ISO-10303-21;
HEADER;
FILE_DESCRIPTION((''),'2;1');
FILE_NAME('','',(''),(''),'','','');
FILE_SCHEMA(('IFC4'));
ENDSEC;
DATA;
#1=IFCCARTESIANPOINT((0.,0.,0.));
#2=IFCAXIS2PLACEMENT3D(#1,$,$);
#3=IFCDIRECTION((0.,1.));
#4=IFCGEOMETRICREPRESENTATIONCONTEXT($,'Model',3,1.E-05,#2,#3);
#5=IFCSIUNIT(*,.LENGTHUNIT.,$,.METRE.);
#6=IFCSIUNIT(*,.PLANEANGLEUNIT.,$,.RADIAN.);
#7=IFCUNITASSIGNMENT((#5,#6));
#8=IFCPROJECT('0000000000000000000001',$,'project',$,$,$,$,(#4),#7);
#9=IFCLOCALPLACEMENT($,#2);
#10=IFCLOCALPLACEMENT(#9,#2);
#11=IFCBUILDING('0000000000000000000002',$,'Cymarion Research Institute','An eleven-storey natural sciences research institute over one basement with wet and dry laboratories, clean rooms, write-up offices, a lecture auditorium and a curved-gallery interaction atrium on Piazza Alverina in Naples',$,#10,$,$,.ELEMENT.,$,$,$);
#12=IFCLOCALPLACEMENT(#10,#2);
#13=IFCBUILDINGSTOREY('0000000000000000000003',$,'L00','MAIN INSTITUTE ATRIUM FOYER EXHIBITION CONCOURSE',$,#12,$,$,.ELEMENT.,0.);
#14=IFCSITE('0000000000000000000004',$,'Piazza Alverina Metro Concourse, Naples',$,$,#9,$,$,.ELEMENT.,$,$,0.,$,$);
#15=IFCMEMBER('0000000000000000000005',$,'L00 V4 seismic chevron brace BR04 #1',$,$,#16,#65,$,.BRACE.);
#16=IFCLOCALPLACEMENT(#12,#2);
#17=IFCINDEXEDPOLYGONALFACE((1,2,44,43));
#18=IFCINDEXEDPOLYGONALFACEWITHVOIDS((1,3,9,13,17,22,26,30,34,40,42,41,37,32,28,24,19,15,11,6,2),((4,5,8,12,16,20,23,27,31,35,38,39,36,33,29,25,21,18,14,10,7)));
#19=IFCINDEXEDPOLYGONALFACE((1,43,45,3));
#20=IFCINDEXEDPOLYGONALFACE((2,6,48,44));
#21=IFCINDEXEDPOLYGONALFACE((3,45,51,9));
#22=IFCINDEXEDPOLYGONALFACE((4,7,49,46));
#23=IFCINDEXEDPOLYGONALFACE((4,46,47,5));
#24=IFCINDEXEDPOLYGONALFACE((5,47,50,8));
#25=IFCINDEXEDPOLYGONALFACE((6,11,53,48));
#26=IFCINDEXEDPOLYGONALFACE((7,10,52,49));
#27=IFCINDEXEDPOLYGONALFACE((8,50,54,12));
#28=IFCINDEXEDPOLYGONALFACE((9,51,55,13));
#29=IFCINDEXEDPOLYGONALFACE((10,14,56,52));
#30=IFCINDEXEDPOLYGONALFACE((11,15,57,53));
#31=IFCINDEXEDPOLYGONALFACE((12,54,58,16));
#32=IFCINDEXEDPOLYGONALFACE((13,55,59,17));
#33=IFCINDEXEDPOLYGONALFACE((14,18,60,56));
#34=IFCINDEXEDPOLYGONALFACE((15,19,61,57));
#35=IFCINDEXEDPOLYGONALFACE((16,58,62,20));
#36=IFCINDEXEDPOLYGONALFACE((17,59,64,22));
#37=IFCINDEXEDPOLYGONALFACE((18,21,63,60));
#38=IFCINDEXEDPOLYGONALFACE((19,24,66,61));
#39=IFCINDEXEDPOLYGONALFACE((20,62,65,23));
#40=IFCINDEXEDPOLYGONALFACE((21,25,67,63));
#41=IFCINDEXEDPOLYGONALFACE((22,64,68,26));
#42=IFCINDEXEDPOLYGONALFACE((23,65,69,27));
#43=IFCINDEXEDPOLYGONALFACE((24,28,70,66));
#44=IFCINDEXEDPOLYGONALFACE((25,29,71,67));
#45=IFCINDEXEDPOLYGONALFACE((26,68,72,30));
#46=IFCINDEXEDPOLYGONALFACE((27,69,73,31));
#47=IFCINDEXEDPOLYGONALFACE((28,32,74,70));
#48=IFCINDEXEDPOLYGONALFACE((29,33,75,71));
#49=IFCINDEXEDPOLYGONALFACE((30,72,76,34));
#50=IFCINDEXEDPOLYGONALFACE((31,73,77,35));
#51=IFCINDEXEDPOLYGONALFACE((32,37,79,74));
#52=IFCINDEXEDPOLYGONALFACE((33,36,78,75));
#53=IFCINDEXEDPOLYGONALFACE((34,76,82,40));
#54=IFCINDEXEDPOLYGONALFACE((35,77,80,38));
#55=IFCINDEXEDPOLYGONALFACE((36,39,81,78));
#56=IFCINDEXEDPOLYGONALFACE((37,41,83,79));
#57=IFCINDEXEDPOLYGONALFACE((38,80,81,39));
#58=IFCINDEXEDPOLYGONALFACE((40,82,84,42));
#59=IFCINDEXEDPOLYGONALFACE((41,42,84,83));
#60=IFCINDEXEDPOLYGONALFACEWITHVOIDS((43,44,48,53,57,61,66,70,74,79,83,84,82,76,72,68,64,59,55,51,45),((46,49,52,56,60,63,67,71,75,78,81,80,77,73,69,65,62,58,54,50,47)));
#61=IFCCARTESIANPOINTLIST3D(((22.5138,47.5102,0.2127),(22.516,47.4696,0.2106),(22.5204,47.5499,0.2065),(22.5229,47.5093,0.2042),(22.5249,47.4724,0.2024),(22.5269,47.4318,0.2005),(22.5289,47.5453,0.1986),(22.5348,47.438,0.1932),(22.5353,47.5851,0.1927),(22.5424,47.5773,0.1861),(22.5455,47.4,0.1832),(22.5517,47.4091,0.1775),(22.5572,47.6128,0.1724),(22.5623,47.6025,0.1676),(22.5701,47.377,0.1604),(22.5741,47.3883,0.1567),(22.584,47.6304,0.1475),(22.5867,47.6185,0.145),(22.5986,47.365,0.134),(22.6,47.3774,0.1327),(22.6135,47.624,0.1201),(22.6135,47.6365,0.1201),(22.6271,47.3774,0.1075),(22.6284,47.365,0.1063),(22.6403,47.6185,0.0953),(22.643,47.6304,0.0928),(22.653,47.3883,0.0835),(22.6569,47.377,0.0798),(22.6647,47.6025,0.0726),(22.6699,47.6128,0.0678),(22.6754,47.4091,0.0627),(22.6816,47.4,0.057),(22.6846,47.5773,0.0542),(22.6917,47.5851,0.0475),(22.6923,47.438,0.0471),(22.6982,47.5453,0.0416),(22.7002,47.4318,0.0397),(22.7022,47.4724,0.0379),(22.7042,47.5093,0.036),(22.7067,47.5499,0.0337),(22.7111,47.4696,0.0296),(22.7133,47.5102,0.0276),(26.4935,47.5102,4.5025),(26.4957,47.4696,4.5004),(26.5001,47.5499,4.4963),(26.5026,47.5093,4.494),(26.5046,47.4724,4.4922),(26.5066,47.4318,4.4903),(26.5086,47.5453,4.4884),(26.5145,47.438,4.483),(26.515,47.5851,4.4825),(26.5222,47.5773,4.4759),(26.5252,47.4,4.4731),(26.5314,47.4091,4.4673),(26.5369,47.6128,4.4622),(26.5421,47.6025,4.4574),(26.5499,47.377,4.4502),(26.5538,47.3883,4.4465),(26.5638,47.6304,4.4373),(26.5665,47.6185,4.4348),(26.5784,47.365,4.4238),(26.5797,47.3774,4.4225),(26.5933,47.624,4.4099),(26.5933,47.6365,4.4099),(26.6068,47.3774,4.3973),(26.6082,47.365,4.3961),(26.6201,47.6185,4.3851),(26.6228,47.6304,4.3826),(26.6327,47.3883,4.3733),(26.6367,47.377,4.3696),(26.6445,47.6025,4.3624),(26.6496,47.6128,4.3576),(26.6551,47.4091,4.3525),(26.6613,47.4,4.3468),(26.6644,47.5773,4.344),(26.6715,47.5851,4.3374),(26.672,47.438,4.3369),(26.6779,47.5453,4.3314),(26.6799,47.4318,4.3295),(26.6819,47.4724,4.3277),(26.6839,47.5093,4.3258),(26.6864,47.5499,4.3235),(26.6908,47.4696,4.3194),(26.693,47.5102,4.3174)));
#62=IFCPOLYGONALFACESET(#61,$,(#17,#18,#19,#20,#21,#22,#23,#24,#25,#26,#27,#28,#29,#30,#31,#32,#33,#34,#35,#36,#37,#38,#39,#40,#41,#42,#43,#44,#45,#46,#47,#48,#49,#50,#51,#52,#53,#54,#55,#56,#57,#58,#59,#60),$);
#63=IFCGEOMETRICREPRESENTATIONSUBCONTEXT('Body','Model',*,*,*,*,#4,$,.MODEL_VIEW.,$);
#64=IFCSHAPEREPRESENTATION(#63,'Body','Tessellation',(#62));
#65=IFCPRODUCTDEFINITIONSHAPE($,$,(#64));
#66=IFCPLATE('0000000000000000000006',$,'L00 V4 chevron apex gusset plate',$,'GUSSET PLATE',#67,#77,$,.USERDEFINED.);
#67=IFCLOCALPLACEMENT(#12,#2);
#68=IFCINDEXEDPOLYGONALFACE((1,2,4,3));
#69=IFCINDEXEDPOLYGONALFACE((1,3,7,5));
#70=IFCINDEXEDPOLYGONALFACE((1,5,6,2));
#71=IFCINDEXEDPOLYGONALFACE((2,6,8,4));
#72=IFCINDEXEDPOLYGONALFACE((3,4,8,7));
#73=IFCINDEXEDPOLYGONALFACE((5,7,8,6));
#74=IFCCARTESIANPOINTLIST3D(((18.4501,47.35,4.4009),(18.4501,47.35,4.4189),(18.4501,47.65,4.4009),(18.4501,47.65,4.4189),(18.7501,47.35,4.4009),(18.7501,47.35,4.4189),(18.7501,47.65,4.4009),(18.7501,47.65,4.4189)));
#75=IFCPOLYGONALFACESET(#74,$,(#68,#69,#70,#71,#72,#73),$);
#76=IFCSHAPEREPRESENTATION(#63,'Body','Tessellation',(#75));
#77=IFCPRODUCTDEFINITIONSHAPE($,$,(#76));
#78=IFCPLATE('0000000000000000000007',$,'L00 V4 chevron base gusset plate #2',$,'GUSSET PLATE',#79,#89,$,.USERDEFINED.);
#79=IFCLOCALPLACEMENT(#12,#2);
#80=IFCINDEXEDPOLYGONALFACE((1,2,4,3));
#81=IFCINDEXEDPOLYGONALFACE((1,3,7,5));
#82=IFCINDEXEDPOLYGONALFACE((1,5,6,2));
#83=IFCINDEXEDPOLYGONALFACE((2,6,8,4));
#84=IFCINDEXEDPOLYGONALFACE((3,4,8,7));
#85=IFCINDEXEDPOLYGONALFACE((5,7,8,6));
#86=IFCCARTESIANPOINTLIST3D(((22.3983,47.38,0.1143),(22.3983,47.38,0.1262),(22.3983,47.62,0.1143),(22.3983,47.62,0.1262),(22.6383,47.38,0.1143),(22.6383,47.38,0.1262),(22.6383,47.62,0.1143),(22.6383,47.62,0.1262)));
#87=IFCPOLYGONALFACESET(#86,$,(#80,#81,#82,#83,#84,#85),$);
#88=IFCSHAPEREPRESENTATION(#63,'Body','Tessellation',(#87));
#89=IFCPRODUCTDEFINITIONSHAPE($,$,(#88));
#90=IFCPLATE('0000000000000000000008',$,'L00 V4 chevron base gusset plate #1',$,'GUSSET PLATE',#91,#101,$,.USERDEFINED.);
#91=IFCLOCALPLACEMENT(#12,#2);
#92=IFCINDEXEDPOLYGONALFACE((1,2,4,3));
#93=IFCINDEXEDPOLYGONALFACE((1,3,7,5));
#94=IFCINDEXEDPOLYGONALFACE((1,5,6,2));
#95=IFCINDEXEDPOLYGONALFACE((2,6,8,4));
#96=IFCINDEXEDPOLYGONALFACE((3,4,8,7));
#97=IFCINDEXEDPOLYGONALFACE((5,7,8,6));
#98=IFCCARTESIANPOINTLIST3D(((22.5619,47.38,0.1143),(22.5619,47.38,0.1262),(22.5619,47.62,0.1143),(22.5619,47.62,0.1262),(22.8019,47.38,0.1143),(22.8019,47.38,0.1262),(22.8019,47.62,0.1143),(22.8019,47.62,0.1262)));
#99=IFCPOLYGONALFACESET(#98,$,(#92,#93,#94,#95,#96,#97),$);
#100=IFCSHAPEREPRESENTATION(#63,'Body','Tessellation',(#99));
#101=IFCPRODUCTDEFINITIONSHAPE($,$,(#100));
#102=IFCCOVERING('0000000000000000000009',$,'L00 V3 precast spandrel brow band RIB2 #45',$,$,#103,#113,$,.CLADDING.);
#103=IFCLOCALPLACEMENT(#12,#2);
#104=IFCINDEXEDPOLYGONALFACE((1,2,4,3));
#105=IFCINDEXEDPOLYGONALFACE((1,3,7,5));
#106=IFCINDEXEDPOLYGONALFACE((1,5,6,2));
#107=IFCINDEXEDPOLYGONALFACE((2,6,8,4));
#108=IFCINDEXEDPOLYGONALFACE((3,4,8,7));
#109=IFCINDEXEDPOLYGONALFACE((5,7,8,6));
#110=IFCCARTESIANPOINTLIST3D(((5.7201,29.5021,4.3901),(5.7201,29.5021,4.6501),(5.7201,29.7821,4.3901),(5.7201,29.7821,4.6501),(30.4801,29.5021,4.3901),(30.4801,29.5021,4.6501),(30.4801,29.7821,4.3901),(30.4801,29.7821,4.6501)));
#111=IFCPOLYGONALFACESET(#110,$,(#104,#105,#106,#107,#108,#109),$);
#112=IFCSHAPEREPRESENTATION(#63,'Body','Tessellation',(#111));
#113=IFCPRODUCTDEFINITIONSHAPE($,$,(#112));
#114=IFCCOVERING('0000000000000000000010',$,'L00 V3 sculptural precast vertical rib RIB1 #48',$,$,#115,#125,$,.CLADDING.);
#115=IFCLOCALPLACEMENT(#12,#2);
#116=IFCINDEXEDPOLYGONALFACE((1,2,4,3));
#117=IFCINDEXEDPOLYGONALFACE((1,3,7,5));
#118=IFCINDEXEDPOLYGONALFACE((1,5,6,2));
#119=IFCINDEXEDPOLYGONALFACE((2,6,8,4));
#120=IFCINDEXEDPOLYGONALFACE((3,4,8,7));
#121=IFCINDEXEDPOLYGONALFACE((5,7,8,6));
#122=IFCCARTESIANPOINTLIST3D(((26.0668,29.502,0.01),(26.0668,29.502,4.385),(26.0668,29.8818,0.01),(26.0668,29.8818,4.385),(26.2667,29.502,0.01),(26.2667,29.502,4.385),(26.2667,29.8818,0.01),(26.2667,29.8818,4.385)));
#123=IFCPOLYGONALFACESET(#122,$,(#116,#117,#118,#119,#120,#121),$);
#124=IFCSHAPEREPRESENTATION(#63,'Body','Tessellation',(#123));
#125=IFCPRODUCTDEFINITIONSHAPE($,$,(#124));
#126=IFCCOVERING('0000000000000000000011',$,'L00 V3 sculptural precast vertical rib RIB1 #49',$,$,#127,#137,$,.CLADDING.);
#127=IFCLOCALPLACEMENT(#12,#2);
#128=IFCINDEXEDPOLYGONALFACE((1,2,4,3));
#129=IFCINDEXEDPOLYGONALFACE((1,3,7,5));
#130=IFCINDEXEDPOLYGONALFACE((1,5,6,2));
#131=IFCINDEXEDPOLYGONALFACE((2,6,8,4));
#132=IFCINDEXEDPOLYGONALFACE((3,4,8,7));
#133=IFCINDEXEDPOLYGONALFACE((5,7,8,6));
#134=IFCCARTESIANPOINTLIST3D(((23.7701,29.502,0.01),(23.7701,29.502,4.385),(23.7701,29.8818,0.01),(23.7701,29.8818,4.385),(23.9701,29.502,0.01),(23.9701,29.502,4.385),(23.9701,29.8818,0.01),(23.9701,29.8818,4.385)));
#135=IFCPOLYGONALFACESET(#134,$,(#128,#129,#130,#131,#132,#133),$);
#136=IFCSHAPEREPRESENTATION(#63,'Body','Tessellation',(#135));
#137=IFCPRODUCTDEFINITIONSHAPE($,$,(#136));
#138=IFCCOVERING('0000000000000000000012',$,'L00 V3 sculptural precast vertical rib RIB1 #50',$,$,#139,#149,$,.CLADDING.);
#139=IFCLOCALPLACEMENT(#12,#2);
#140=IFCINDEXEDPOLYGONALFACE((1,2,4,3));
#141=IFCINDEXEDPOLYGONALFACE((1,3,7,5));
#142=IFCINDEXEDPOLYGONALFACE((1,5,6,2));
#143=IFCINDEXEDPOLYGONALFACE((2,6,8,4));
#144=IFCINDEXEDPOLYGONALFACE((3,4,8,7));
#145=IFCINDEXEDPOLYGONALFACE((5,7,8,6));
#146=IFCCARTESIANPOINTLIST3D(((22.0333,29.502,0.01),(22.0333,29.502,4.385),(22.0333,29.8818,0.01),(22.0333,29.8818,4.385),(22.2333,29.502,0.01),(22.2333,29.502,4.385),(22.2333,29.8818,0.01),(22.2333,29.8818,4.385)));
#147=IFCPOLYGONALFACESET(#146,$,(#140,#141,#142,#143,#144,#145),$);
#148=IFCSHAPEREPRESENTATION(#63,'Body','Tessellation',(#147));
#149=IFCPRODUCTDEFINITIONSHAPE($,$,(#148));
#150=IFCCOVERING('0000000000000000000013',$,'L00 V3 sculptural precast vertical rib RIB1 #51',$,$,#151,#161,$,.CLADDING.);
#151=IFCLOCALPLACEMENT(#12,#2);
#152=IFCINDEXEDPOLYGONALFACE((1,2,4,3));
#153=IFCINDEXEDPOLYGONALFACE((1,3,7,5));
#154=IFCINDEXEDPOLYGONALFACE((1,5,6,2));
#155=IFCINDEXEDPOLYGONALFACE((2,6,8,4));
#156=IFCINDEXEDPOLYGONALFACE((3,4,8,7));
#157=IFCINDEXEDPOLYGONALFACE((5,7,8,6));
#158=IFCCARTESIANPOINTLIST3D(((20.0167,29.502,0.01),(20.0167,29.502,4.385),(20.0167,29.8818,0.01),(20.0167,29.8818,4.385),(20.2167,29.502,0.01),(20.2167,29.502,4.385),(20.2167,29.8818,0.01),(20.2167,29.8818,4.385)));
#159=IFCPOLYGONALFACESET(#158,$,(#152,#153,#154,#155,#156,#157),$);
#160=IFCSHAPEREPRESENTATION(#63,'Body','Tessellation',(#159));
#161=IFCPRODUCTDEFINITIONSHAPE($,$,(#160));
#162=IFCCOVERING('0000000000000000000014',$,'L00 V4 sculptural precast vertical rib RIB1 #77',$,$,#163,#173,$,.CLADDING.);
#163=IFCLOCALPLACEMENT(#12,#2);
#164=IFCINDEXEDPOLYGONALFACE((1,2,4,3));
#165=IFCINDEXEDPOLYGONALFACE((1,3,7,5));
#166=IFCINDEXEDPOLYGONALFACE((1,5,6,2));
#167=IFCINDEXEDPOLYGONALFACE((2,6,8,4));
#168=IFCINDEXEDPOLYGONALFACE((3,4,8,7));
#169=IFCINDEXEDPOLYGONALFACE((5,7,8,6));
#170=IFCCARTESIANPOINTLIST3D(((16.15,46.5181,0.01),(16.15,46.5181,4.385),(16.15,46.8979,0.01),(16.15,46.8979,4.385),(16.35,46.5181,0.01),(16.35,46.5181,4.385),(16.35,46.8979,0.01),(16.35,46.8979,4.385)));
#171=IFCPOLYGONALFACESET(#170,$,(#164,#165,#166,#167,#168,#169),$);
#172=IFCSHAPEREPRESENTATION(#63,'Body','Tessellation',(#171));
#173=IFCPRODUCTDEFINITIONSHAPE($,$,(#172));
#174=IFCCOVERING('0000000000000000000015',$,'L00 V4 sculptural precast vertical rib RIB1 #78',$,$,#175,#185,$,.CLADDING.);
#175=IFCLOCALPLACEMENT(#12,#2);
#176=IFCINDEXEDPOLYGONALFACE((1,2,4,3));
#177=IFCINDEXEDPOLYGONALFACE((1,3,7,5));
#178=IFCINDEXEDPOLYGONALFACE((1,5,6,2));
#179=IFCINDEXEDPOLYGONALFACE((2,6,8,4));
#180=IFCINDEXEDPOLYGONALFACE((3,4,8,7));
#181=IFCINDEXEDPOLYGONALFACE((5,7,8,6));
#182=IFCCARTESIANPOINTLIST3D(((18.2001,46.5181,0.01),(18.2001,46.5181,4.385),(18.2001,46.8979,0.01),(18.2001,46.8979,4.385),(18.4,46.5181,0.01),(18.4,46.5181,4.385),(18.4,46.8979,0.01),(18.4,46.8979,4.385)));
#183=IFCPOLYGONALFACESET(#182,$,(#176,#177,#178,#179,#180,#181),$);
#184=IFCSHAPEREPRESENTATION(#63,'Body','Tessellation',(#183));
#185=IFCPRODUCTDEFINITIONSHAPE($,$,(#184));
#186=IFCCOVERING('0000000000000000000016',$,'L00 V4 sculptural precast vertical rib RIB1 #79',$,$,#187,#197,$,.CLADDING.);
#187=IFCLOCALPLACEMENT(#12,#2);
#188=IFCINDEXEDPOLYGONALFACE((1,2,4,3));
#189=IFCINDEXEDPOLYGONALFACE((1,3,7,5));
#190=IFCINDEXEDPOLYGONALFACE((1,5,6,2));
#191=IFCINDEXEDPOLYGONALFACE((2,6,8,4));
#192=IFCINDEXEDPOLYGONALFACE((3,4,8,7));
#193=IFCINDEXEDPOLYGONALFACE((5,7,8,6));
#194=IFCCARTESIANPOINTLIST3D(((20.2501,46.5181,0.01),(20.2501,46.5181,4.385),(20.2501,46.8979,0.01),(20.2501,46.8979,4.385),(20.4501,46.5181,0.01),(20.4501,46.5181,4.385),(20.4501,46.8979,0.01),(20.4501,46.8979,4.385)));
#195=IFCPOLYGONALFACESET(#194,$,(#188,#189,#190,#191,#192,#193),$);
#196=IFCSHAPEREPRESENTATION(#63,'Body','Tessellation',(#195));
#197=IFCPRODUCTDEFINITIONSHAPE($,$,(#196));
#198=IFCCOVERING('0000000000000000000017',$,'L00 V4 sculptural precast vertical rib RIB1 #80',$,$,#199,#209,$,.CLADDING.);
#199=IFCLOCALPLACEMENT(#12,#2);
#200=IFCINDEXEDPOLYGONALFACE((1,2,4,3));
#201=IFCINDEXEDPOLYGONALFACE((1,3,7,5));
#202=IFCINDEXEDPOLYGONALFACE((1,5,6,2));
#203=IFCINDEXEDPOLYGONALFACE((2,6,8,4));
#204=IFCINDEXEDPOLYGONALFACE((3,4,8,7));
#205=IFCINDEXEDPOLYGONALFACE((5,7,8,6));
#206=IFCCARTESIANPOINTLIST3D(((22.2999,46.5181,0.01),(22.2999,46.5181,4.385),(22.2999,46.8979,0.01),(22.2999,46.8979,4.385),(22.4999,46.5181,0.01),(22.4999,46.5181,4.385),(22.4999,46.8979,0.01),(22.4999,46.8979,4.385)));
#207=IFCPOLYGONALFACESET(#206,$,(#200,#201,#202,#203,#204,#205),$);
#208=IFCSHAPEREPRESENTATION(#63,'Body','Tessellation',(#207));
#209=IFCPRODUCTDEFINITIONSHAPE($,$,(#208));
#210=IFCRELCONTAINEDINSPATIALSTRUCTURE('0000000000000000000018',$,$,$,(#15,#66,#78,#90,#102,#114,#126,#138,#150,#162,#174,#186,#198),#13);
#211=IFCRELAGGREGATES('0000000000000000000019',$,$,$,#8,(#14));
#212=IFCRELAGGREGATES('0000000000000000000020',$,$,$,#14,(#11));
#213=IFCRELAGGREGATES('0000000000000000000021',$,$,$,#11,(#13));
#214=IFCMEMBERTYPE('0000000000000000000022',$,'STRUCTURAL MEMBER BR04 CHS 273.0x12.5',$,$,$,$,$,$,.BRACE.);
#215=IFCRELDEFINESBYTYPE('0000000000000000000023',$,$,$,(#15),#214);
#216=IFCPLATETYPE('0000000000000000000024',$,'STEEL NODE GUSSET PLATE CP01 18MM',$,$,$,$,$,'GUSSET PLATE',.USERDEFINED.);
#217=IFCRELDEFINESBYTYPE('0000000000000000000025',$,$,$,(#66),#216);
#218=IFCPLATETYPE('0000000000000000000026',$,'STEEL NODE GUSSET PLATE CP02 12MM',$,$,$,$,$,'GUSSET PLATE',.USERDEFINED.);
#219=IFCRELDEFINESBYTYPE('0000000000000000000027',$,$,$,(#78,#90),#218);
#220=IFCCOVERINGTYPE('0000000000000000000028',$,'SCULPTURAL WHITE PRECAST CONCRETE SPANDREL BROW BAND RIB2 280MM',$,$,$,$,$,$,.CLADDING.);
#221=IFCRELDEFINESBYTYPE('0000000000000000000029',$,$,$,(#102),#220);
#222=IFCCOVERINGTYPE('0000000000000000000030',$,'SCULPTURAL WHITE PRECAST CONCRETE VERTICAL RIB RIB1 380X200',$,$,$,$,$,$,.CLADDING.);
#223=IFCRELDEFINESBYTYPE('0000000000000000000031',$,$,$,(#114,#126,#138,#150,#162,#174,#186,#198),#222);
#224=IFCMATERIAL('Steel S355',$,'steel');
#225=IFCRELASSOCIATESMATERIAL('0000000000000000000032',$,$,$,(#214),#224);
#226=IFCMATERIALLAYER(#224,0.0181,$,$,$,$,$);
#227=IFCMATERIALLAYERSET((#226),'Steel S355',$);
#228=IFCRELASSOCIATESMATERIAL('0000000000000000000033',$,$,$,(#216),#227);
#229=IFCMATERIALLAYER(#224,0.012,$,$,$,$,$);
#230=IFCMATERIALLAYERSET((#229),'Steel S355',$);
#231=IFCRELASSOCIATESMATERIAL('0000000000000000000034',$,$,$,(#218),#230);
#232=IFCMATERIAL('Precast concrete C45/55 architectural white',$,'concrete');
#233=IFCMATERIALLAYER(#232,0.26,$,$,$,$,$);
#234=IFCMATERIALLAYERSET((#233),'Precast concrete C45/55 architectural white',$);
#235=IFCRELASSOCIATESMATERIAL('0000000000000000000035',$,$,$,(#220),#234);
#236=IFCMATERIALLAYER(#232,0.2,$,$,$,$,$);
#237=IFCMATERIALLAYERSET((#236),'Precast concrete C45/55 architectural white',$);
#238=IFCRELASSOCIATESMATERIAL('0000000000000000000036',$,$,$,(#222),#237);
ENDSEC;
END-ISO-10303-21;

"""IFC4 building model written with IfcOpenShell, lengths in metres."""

from ifc_helpers import new_model, si_unit, direction, frame, origin, origin_2d, place, context, subcontext, project, spatial, rectangle, hollow_circle, extrude, material, layer, layer_set, material_profile, profile_set, type_object, element, save


model = new_model("IFC4")

# Units and contexts
model_context = context("Model", 3, precision=1e-05, world=origin(), true_north=direction((0.0, 1.0)))
body_context = subcontext(model_context, "Body", "Model", "MODEL_VIEW")
ifc_project = project(units=[si_unit("LENGTHUNIT", "METRE"), si_unit("PLANEANGLEUNIT", "RADIAN")], contexts=[model_context])

# Site, building, storey
site_placement = place(None, origin())
site = spatial("IfcSite", under=ifc_project, at=site_placement, Name="Piazza Alverina Metro Concourse, Naples", CompositionType="ELEMENT", RefElevation=0.0)
building_placement = place(site_placement, origin())
building = spatial("IfcBuilding", under=site, at=building_placement, Name="Cymarion Research Institute", Description="An eleven-storey natural sciences research institute over one basement with wet and dry laboratories, clean rooms, write-up offices, a lecture auditorium and a curved-gallery interaction atrium on Piazza Alverina in Naples", CompositionType="ELEMENT")
storey_placement = place(building_placement, origin())
storey = spatial("IfcBuildingStorey", under=building, at=storey_placement, Name="L00", Description="MAIN INSTITUTE ATRIUM FOYER EXHIBITION CONCOURSE", CompositionType="ELEMENT", Elevation=0.0)

# Shared definitions
ifc_material_1 = material(Name="Steel S355", Category="steel")

# Member
ifc_material_profile_1 = material_profile(ifc_material_1, hollow_circle(Radius=0.1365, WallThickness=0.0125, at=origin_2d()), Name="CHS 273.0x12.5")
ifc_profile_set_1 = profile_set([ifc_material_profile_1], Name="Steel S355")
member_type = type_object("IfcMemberType", Name="STRUCTURAL MEMBER BR04 CHS 273.0x12.5", PredefinedType="BRACE", material=ifc_profile_set_1)
for number, where, z_axis, x_axis, name in (
    (1, (22.6135, 47.5, 0.1201), (0.680117, 0.0, 0.733104), (0.0, 1.0, 0.0), "L00 V4 seismic chevron brace BR04 #1"),
):
    element("IfcMember", number, at=place(storey_placement, frame(where, z_axis=z_axis, x_axis=x_axis)), inside=storey, type_object=member_type, Name=name, PredefinedType="BRACE", context=body_context, shape_type="SweptSolid", body=[
        extrude(hollow_circle(Radius=0.1365, WallThickness=0.0125, at=origin_2d()), origin(), (0.0, 0.0, 1.0), 5.8516),
    ])

# Plates
ifc_layer_1 = layer(ifc_material_1, 0.0181)
ifc_layer_set_1 = layer_set([ifc_layer_1], Name="Steel S355")
plate_type_1 = type_object("IfcPlateType", Name="STEEL NODE GUSSET PLATE CP01 18MM", ElementType="GUSSET PLATE", PredefinedType="USERDEFINED", material=ifc_layer_set_1)
plate_placement = place(storey_placement, frame((18.6001, 47.5, 4.4009), z_axis=(0.0, 0.0, 1.0), x_axis=(1.0, 0.0, 0.0)))
element("IfcPlate", 2, at=plate_placement, inside=storey, type_object=plate_type_1, Name="L00 V4 chevron apex gusset plate", ObjectType="GUSSET PLATE", PredefinedType="USERDEFINED", context=body_context, shape_type="SweptSolid", body=[
    extrude(rectangle(XDim=0.3, YDim=0.3, at=origin_2d()), origin(), (0.0, 0.0, 1.0), 0.0181),
])
ifc_layer_2 = layer(ifc_material_1, 0.012)
ifc_layer_set_2 = layer_set([ifc_layer_2], Name="Steel S355")
plate_type_2 = type_object("IfcPlateType", Name="STEEL NODE GUSSET PLATE CP02 12MM", ElementType="GUSSET PLATE", PredefinedType="USERDEFINED", material=ifc_layer_set_2)
for number, where, z_axis, x_axis, name in (
    (3, (22.5183, 47.5, 0.1143), (0.0, 0.0, 1.0), (1.0, 0.0, 0.0), "L00 V4 chevron base gusset plate #2"),
    (4, (22.6819, 47.5, 0.1143), (0.0, 0.0, 1.0), (1.0, 0.0, 0.0), "L00 V4 chevron base gusset plate #1"),
):
    element("IfcPlate", number, at=place(storey_placement, frame(where, z_axis=z_axis, x_axis=x_axis)), inside=storey, type_object=plate_type_2, Name=name, ObjectType="GUSSET PLATE", PredefinedType="USERDEFINED", context=body_context, shape_type="SweptSolid", body=[
        extrude(rectangle(XDim=0.24, YDim=0.24, at=origin_2d()), origin(), (0.0, 0.0, 1.0), 0.012),
    ])

# Coverings
ifc_material_2 = material(Name="Precast concrete C45/55 architectural white", Category="concrete")
ifc_layer_3 = layer(ifc_material_2, 0.26)
ifc_layer_set_3 = layer_set([ifc_layer_3], Name="Precast concrete C45/55 architectural white")
covering_type_1 = type_object("IfcCoveringType", Name="SCULPTURAL WHITE PRECAST CONCRETE SPANDREL BROW BAND RIB2 280MM", PredefinedType="CLADDING", material=ifc_layer_set_3)
covering_placement = place(storey_placement, frame((18.1001, 29.6421, 4.3901), z_axis=(0.0, 0.0, 1.0), x_axis=(0.0, 1.0, 0.0)))
element("IfcCovering", 5, at=covering_placement, inside=storey, type_object=covering_type_1, Name="L00 V3 precast spandrel brow band RIB2 #45", PredefinedType="CLADDING", context=body_context, shape_type="SweptSolid", body=[
    extrude(rectangle(XDim=0.28, YDim=24.76, at=origin_2d()), origin(), (0.0, 0.0, 1.0), 0.26),
])
ifc_layer_4 = layer(ifc_material_2, 0.2)
ifc_layer_set_4 = layer_set([ifc_layer_4], Name="Precast concrete C45/55 architectural white")
covering_type_2 = type_object("IfcCoveringType", Name="SCULPTURAL WHITE PRECAST CONCRETE VERTICAL RIB RIB1 380X200", PredefinedType="CLADDING", material=ifc_layer_set_4)
for number, where, z_axis, x_axis, name in (
    (6, (26.1667, 29.6919, 0.01), (0.0, 0.0, 1.0), (0.0, 1.0, 0.0), "L00 V3 sculptural precast vertical rib RIB1 #48"),
    (7, (23.8701, 29.6919, 0.01), (0.0, 0.0, 1.0), (0.0, 1.0, 0.0), "L00 V3 sculptural precast vertical rib RIB1 #49"),
    (8, (22.1333, 29.6919, 0.01), (0.0, 0.0, 1.0), (0.0, 1.0, 0.0), "L00 V3 sculptural precast vertical rib RIB1 #50"),
    (9, (20.1167, 29.6919, 0.01), (0.0, 0.0, 1.0), (0.0, 1.0, 0.0), "L00 V3 sculptural precast vertical rib RIB1 #51"),
    (10, (16.25, 46.708, 0.01), (0.0, 0.0, 1.0), (0.0, -1.0, 0.0), "L00 V4 sculptural precast vertical rib RIB1 #77"),
    (11, (18.3, 46.708, 0.01), (0.0, 0.0, 1.0), (0.0, -1.0, 0.0), "L00 V4 sculptural precast vertical rib RIB1 #78"),
    (12, (20.3501, 46.708, 0.01), (0.0, 0.0, 1.0), (0.0, -1.0, 0.0), "L00 V4 sculptural precast vertical rib RIB1 #79"),
    (13, (22.3999, 46.708, 0.01), (0.0, 0.0, 1.0), (0.0, -1.0, 0.0), "L00 V4 sculptural precast vertical rib RIB1 #80"),
):
    element("IfcCovering", number, at=place(storey_placement, frame(where, z_axis=z_axis, x_axis=x_axis)), inside=storey, type_object=covering_type_2, Name=name, PredefinedType="CLADDING", context=body_context, shape_type="SweptSolid", body=[
        extrude(rectangle(XDim=0.3799, YDim=0.2, at=origin_2d()), origin(), (0.0, 0.0, 1.0), 4.375),
    ])

save(model, "model.ifc")
